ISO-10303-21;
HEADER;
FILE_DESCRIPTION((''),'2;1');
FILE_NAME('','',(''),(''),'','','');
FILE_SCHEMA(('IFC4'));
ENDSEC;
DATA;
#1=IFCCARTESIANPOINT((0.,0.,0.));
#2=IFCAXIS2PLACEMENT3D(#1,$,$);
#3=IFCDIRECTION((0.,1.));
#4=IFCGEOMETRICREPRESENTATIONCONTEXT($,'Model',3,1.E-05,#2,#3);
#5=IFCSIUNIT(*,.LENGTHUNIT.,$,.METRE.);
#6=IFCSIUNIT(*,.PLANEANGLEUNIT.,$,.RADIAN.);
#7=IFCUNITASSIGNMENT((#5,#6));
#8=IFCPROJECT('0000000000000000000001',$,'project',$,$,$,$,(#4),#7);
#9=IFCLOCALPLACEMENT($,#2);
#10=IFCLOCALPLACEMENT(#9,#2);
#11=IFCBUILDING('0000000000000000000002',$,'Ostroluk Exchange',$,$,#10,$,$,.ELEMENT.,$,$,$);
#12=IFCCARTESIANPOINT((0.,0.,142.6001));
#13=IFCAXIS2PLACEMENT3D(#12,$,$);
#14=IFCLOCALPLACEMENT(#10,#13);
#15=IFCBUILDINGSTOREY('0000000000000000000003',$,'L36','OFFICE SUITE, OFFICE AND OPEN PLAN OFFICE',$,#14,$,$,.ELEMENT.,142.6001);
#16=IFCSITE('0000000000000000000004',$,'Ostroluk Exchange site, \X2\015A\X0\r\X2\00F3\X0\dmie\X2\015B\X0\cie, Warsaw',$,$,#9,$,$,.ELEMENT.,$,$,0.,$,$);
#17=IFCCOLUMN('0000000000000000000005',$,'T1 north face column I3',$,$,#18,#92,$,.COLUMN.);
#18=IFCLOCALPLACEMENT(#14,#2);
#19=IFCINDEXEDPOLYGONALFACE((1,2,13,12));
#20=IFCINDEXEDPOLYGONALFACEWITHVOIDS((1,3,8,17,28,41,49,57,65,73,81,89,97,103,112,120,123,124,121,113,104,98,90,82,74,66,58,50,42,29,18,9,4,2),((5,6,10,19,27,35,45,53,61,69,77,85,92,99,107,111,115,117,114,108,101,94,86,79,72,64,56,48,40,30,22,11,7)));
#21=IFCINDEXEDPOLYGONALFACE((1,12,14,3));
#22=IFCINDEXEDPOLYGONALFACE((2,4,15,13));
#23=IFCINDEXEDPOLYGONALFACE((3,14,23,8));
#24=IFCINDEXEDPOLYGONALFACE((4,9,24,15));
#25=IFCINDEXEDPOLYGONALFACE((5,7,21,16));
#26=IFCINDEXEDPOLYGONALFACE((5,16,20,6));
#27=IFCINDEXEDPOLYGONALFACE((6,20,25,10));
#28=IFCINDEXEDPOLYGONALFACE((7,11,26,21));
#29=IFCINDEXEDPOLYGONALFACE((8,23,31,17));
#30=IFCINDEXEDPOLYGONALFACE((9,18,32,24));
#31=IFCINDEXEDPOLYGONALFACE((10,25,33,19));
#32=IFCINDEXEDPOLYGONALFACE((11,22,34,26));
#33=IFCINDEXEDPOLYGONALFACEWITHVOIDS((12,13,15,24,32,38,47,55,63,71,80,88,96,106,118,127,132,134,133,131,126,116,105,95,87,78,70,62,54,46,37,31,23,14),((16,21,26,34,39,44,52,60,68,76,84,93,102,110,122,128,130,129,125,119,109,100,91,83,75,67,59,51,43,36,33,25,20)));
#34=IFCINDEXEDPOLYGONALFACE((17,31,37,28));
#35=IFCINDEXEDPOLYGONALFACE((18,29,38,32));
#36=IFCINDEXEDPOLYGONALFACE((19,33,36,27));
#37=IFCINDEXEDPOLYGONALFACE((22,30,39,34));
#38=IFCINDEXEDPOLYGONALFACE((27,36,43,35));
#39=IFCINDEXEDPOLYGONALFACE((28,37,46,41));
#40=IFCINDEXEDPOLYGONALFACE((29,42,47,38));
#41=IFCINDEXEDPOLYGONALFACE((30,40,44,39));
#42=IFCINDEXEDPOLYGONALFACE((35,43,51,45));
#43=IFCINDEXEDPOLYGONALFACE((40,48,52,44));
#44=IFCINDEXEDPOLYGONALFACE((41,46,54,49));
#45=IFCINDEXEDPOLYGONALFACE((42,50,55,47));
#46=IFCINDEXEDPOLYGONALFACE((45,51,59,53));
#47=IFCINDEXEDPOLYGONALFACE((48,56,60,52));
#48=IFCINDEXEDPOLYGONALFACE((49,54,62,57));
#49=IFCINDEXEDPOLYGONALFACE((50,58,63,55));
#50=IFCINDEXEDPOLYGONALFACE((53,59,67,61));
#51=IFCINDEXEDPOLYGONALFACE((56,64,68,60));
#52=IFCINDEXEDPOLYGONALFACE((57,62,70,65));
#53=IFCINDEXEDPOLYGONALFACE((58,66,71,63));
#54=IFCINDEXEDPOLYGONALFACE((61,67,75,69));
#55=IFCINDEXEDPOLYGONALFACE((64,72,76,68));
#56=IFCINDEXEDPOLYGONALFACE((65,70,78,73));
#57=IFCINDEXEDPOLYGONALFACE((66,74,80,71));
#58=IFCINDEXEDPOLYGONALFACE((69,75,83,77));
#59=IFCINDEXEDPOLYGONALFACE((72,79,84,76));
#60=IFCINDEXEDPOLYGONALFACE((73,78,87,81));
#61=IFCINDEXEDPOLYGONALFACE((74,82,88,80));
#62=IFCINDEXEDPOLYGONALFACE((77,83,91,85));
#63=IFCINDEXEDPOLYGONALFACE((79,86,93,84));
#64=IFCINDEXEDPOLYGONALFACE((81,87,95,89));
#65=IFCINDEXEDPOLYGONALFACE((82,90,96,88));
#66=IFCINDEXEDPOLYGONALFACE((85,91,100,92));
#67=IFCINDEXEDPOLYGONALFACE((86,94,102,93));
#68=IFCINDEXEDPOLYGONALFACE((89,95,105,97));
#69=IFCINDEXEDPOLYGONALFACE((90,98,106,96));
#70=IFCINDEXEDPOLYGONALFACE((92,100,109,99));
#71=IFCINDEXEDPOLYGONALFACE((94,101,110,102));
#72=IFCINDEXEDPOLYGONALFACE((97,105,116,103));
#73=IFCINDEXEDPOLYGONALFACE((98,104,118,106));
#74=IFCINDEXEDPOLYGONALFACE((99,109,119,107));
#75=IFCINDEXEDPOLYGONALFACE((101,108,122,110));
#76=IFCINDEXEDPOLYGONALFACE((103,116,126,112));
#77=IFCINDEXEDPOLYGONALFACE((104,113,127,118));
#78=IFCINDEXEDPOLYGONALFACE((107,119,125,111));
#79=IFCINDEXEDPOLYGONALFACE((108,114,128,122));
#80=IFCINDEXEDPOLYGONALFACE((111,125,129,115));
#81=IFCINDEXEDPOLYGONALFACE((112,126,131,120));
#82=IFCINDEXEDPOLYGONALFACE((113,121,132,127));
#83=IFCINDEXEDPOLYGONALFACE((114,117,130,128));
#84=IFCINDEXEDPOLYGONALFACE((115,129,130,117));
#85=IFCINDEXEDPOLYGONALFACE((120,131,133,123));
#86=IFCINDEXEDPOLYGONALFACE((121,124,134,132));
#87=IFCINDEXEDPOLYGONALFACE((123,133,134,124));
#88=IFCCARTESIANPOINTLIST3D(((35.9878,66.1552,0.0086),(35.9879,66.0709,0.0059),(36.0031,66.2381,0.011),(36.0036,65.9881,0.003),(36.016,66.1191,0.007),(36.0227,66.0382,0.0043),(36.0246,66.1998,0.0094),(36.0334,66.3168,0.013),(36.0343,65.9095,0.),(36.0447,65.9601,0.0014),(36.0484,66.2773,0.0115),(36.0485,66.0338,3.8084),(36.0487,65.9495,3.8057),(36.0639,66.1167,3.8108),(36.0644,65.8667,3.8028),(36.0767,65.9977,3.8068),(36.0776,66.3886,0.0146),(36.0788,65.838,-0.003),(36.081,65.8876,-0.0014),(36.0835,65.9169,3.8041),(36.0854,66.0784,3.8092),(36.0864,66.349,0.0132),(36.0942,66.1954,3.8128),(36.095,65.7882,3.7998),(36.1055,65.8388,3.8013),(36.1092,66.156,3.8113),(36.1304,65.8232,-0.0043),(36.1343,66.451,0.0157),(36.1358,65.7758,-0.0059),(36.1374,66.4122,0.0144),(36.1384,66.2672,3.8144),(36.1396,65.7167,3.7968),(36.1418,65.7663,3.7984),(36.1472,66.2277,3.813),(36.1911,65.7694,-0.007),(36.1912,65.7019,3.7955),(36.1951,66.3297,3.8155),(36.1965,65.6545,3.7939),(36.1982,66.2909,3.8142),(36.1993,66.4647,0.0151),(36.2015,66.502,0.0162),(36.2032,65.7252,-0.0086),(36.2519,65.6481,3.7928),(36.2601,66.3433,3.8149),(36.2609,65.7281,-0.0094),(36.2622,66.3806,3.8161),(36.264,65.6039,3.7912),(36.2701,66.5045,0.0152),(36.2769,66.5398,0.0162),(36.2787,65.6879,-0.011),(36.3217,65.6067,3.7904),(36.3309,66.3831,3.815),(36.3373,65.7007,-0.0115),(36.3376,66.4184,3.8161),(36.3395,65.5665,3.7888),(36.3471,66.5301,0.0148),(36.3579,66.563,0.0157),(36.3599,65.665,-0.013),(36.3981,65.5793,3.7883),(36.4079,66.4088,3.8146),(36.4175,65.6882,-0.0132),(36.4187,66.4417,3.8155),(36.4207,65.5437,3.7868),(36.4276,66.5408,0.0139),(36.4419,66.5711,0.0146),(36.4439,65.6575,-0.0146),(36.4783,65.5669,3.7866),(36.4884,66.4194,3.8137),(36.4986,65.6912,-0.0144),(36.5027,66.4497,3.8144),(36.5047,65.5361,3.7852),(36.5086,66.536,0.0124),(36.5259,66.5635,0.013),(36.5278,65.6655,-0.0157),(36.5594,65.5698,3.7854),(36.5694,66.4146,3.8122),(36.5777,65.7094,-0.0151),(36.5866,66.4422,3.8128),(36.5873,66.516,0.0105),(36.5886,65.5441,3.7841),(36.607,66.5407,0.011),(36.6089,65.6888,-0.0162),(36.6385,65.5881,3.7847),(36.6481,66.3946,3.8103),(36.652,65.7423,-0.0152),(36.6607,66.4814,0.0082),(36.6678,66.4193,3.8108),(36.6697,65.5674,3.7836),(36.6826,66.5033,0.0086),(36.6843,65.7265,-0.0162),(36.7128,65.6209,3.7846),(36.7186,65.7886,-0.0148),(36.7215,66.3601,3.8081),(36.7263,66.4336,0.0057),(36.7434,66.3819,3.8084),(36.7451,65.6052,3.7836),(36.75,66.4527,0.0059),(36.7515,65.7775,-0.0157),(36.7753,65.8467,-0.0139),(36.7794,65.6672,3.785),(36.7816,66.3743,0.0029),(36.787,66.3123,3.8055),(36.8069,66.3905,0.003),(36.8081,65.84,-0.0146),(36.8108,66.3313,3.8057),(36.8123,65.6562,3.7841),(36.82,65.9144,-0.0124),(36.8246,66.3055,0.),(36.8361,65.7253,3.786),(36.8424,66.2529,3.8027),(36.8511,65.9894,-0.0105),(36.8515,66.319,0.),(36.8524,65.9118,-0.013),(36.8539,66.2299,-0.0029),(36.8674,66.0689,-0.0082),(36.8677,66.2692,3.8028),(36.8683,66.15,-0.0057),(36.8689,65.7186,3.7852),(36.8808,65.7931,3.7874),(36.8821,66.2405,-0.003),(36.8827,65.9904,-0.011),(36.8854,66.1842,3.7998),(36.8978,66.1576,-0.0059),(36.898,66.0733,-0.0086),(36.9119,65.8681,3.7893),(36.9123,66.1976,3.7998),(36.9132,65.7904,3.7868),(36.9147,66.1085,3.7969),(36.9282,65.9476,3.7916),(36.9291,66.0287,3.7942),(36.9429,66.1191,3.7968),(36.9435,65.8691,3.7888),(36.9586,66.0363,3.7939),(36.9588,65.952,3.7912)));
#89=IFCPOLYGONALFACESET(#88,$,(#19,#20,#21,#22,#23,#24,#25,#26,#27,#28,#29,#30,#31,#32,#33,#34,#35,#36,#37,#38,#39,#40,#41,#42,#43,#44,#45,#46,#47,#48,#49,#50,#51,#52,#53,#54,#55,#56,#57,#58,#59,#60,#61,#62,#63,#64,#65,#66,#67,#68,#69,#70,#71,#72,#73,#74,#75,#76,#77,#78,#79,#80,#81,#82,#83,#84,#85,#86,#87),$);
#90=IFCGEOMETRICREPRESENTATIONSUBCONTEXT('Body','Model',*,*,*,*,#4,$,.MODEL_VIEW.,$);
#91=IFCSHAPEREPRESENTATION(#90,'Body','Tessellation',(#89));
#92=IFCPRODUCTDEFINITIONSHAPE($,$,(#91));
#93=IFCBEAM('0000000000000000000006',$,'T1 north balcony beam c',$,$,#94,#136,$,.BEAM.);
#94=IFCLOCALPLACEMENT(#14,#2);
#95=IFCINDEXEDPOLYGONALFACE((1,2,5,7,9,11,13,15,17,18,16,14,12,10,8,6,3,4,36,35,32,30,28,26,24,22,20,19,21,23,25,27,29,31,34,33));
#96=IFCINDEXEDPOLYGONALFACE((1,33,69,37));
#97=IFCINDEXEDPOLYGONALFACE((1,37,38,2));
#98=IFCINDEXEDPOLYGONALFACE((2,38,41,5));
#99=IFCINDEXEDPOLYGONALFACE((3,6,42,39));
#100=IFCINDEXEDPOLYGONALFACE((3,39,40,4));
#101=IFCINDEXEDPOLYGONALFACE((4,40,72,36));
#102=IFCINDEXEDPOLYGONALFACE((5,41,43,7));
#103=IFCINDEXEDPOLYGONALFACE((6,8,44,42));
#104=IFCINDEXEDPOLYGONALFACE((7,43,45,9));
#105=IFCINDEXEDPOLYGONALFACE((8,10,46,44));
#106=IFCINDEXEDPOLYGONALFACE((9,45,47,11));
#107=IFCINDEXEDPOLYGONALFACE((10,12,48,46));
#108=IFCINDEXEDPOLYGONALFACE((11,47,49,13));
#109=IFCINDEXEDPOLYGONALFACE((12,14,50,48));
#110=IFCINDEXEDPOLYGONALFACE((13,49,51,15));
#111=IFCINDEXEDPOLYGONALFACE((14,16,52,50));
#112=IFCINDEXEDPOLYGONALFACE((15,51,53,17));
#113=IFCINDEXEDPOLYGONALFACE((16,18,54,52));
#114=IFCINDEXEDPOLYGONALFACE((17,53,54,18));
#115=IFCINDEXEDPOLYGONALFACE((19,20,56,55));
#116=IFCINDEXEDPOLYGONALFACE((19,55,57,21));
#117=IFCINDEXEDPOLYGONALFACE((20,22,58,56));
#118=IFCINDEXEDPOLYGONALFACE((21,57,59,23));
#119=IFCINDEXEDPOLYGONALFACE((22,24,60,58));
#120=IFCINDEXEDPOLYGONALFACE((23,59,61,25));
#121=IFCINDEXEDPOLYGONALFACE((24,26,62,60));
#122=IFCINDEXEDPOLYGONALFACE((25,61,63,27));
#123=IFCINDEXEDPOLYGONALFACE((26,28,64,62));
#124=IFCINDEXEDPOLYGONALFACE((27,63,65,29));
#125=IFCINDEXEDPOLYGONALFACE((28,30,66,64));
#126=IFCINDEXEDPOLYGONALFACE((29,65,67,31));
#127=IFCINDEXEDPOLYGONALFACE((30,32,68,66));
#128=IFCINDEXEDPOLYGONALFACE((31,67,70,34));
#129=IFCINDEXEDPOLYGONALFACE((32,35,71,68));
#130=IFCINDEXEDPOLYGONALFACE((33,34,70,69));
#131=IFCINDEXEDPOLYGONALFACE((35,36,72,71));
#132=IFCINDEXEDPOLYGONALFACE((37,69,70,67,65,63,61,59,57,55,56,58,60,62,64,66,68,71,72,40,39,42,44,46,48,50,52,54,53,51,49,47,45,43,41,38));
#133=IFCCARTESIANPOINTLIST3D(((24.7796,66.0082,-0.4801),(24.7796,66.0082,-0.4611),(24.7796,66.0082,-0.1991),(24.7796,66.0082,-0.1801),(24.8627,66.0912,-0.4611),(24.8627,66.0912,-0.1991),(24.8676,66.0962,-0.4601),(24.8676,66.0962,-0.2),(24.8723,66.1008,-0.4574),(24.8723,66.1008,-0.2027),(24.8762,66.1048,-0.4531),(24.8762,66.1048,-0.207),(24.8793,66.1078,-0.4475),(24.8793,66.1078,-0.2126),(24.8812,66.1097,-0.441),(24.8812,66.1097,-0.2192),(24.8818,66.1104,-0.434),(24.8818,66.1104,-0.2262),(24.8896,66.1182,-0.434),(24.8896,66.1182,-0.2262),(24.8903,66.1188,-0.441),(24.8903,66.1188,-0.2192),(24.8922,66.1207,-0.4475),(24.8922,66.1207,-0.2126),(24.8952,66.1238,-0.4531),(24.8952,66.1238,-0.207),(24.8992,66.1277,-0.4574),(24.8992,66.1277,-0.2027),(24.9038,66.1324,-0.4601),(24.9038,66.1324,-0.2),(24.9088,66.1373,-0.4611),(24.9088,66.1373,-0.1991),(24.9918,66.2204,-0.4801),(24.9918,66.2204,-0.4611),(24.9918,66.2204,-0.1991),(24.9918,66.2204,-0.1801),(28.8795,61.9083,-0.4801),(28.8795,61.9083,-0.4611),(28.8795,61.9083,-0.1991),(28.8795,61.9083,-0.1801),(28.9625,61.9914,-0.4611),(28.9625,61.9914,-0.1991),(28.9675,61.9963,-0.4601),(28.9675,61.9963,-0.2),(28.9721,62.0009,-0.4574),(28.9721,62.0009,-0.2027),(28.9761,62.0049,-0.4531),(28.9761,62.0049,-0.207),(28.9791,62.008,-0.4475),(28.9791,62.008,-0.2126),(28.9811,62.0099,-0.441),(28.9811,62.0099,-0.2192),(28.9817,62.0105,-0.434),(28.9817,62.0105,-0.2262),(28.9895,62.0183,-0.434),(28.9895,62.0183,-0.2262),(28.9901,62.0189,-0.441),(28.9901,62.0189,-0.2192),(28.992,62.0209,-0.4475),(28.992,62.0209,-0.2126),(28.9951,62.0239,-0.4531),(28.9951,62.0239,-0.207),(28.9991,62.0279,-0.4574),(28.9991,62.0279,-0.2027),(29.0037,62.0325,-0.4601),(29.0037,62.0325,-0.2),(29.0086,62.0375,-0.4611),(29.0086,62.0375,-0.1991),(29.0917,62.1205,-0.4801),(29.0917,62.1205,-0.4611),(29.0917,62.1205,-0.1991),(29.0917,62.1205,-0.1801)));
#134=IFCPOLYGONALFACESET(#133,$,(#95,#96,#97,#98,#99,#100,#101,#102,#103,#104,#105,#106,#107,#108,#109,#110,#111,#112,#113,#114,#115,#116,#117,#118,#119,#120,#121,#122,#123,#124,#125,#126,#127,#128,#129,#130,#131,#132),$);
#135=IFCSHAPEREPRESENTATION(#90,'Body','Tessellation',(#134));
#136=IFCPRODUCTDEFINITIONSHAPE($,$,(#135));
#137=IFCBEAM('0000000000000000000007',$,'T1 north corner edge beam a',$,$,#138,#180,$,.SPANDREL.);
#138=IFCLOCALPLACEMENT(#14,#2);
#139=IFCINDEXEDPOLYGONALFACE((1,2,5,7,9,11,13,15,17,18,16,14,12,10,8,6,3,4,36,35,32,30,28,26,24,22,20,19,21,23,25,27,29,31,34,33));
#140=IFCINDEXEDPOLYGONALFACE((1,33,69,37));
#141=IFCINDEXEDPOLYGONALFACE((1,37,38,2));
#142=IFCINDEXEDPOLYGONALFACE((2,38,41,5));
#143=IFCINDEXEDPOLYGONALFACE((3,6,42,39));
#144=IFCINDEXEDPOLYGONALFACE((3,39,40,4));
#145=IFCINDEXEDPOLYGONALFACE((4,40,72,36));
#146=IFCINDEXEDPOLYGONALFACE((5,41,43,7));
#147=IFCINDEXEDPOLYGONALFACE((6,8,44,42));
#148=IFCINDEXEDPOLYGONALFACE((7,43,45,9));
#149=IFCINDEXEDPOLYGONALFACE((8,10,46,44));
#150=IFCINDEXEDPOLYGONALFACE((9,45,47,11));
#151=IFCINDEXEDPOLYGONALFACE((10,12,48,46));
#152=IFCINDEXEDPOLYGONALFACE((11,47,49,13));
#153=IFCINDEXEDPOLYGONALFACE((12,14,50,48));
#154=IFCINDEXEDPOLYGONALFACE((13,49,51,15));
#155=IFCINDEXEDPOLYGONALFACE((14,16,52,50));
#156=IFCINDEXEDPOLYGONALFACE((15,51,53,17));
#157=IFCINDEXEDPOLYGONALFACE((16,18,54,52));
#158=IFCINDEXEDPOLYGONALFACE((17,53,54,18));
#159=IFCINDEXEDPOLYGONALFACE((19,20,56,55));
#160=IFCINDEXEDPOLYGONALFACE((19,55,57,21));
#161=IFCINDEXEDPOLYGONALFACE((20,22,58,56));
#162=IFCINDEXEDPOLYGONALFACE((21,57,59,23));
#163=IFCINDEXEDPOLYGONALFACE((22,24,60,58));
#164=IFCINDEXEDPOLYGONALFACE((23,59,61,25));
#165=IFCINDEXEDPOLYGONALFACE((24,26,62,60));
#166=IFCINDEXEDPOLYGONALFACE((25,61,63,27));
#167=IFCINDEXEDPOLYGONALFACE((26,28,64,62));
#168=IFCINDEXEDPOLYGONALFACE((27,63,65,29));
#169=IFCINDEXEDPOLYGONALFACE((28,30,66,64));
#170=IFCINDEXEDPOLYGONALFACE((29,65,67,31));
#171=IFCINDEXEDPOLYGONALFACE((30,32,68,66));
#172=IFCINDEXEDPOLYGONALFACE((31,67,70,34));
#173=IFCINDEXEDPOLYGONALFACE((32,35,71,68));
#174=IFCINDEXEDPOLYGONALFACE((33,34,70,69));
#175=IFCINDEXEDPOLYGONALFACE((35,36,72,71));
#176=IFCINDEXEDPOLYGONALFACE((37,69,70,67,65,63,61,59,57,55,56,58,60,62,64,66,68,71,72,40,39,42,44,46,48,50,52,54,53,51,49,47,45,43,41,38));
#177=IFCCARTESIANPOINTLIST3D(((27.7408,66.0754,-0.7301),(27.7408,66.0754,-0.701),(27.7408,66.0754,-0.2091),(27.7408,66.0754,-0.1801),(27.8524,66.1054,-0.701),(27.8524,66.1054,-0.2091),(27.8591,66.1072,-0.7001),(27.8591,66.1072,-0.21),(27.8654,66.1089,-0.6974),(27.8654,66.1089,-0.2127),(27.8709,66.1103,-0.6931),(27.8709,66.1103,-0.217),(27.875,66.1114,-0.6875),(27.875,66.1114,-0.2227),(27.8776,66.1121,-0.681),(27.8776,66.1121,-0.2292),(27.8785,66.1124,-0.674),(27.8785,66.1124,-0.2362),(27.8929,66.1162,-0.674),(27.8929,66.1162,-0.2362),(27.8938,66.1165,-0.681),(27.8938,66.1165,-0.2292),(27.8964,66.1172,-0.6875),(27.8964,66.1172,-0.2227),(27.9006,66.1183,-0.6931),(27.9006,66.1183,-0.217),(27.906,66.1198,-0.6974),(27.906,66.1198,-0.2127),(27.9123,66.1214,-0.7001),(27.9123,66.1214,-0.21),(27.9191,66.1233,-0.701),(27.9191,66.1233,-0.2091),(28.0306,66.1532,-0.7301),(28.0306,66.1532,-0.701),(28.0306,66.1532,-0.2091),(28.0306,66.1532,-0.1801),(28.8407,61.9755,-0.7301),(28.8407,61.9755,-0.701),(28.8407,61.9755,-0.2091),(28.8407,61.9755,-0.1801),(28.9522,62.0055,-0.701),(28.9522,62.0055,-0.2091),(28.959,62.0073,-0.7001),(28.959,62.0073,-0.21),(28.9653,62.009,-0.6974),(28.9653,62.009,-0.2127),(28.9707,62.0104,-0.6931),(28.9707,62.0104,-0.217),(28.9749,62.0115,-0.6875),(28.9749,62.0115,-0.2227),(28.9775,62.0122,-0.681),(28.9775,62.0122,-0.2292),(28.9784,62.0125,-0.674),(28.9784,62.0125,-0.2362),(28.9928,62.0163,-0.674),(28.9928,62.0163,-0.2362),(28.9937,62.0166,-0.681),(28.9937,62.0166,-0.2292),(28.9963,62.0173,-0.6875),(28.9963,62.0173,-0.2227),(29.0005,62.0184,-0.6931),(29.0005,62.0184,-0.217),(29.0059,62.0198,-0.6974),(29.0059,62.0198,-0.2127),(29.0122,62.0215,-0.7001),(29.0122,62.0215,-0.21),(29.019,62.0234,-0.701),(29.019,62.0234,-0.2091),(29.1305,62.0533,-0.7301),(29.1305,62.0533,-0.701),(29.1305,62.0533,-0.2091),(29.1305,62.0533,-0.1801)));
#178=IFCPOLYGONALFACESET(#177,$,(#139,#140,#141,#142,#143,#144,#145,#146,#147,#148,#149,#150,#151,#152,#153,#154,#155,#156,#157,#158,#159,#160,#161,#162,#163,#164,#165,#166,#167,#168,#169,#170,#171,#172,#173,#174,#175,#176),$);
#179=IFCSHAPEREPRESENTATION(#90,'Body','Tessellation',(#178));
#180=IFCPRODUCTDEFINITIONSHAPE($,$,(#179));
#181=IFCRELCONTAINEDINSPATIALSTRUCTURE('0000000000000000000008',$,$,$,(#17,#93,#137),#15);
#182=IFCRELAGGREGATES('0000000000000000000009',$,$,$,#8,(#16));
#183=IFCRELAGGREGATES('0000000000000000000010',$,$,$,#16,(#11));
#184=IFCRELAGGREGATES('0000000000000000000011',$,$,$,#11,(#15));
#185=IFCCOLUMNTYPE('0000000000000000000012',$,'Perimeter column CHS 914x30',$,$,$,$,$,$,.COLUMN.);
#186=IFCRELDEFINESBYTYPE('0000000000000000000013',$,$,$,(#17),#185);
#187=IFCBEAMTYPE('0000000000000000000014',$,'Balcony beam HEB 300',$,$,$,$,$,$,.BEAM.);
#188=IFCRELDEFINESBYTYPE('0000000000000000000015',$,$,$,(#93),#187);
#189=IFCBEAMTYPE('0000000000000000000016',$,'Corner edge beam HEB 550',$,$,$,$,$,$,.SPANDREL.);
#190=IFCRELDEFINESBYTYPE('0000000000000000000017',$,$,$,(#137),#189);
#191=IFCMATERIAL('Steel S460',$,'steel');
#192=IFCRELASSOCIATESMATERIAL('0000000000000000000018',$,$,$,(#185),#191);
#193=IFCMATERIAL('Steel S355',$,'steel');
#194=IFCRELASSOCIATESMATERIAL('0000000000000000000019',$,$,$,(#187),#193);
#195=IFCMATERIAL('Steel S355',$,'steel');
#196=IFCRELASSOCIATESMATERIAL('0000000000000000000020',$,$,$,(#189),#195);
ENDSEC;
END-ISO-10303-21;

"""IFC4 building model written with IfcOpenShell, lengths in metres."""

from ifc_helpers import new_model, si_unit, direction, frame, origin, origin_2d, place, context, subcontext, project, spatial, hollow_circle, i_section, extrude, material, material_profile, profile_set, type_object, element, save


model = new_model("IFC4")

# Units and contexts
model_context = context("Model", 3, precision=1e-05, world=origin(), true_north=direction((0.0, 1.0)))
body_context = subcontext(model_context, "Body", "Model", "MODEL_VIEW")
ifc_project = project(units=[si_unit("LENGTHUNIT", "METRE"), si_unit("PLANEANGLEUNIT", "RADIAN")], contexts=[model_context])

# Site, building, storey
site_placement = place(None, origin())
site = spatial("IfcSite", under=ifc_project, at=site_placement, Name="Ostroluk Exchange site, Śródmieście, Warsaw", CompositionType="ELEMENT", RefElevation=0.0)
building_placement = place(site_placement, origin())
building = spatial("IfcBuilding", under=site, at=building_placement, Name="Ostroluk Exchange", CompositionType="ELEMENT")
storey_placement = place(building_placement, frame((0.0, 0.0, 142.6001)))
storey = spatial("IfcBuildingStorey", under=building, at=storey_placement, Name="L36", Description="OFFICE SUITE, OFFICE AND OPEN PLAN OFFICE", CompositionType="ELEMENT", Elevation=142.6001)

# Column
ifc_material_1 = material(Name="Steel S460", Category="steel")
ifc_material_profile_1 = material_profile(ifc_material_1, hollow_circle(Radius=0.457, WallThickness=0.03, at=origin_2d()), Name="CHS 914x30")
ifc_profile_set_1 = profile_set([ifc_material_profile_1], Name="Steel S460")
column_type = type_object("IfcColumnType", Name="Perimeter column CHS 914x30", PredefinedType="COLUMN", material=ifc_profile_set_1)
column_placement = place(storey_placement, frame((36.4429, 66.1143, 0.0), z_axis=(0.015988, -0.031912, 0.999363), x_axis=(0.894067, 0.447933, 0.0)))
element("IfcColumn", 1, at=column_placement, inside=storey, type_object=column_type, Name="T1 north face column I3", PredefinedType="COLUMN", context=body_context, shape_type="SweptSolid", body=[
    extrude(hollow_circle(Radius=0.457, WallThickness=0.03, at=origin_2d()), origin(), (0.0, 0.0, 1.0), 3.8022),
])

# Beams
ifc_material_2 = material(Name="Steel S355", Category="steel")
ifc_material_profile_2 = material_profile(ifc_material_2, i_section(OverallWidth=0.3, OverallDepth=0.3, WebThickness=0.011, FlangeThickness=0.019, FilletRadius=0.0271, at=origin_2d()), Name="HEB 300")
ifc_profile_set_2 = profile_set([ifc_material_profile_2], Name="Steel S355")
beam_type_1 = type_object("IfcBeamType", Name="Balcony beam HEB 300", PredefinedType="BEAM", material=ifc_profile_set_2)
beam_1_placement = place(storey_placement, frame((28.9856, 62.0144, -0.3301), z_axis=(-0.707107, 0.707107, 0.0), x_axis=(-0.707107, -0.707107, 0.0)))
element("IfcBeam", 2, at=beam_1_placement, inside=storey, type_object=beam_type_1, Name="T1 north balcony beam c", PredefinedType="BEAM", context=body_context, shape_type="SweptSolid", body=[
    extrude(i_section(OverallWidth=0.3, OverallDepth=0.3, WebThickness=0.011, FlangeThickness=0.019, FilletRadius=0.0271, at=origin_2d()), origin(), (0.0, 0.0, 1.0), 5.7981),
])
ifc_material_3 = material(Name="Steel S355", Category="steel")
ifc_material_profile_3 = material_profile(ifc_material_3, i_section(OverallWidth=0.3, OverallDepth=0.55, WebThickness=0.0149, FlangeThickness=0.0291, FilletRadius=0.0271, at=origin_2d()), Name="HEB 550")
ifc_profile_set_3 = profile_set([ifc_material_profile_3], Name="Steel S355")
beam_type_2 = type_object("IfcBeamType", Name="Corner edge beam HEB 550", PredefinedType="SPANDREL", material=ifc_profile_set_3)
for number, where, z_axis, x_axis, name in (
    (3, (28.9856, 62.0144, -0.4551), (-0.259105, 0.965849, 0.0), (-0.965849, -0.259105, 0.0), "T1 north corner edge beam a"),
):
    element("IfcBeam", number, at=place(storey_placement, frame(where, z_axis=z_axis, x_axis=x_axis)), inside=storey, type_object=beam_type_2, Name=name, PredefinedType="SPANDREL", context=body_context, shape_type="SweptSolid", body=[
        extrude(i_section(OverallWidth=0.3, OverallDepth=0.55, WebThickness=0.0149, FlangeThickness=0.0291, FilletRadius=0.0271, at=origin_2d()), origin(), (0.0, 0.0, 1.0), 4.2449),
    ])

save(model, "model.ifc")
